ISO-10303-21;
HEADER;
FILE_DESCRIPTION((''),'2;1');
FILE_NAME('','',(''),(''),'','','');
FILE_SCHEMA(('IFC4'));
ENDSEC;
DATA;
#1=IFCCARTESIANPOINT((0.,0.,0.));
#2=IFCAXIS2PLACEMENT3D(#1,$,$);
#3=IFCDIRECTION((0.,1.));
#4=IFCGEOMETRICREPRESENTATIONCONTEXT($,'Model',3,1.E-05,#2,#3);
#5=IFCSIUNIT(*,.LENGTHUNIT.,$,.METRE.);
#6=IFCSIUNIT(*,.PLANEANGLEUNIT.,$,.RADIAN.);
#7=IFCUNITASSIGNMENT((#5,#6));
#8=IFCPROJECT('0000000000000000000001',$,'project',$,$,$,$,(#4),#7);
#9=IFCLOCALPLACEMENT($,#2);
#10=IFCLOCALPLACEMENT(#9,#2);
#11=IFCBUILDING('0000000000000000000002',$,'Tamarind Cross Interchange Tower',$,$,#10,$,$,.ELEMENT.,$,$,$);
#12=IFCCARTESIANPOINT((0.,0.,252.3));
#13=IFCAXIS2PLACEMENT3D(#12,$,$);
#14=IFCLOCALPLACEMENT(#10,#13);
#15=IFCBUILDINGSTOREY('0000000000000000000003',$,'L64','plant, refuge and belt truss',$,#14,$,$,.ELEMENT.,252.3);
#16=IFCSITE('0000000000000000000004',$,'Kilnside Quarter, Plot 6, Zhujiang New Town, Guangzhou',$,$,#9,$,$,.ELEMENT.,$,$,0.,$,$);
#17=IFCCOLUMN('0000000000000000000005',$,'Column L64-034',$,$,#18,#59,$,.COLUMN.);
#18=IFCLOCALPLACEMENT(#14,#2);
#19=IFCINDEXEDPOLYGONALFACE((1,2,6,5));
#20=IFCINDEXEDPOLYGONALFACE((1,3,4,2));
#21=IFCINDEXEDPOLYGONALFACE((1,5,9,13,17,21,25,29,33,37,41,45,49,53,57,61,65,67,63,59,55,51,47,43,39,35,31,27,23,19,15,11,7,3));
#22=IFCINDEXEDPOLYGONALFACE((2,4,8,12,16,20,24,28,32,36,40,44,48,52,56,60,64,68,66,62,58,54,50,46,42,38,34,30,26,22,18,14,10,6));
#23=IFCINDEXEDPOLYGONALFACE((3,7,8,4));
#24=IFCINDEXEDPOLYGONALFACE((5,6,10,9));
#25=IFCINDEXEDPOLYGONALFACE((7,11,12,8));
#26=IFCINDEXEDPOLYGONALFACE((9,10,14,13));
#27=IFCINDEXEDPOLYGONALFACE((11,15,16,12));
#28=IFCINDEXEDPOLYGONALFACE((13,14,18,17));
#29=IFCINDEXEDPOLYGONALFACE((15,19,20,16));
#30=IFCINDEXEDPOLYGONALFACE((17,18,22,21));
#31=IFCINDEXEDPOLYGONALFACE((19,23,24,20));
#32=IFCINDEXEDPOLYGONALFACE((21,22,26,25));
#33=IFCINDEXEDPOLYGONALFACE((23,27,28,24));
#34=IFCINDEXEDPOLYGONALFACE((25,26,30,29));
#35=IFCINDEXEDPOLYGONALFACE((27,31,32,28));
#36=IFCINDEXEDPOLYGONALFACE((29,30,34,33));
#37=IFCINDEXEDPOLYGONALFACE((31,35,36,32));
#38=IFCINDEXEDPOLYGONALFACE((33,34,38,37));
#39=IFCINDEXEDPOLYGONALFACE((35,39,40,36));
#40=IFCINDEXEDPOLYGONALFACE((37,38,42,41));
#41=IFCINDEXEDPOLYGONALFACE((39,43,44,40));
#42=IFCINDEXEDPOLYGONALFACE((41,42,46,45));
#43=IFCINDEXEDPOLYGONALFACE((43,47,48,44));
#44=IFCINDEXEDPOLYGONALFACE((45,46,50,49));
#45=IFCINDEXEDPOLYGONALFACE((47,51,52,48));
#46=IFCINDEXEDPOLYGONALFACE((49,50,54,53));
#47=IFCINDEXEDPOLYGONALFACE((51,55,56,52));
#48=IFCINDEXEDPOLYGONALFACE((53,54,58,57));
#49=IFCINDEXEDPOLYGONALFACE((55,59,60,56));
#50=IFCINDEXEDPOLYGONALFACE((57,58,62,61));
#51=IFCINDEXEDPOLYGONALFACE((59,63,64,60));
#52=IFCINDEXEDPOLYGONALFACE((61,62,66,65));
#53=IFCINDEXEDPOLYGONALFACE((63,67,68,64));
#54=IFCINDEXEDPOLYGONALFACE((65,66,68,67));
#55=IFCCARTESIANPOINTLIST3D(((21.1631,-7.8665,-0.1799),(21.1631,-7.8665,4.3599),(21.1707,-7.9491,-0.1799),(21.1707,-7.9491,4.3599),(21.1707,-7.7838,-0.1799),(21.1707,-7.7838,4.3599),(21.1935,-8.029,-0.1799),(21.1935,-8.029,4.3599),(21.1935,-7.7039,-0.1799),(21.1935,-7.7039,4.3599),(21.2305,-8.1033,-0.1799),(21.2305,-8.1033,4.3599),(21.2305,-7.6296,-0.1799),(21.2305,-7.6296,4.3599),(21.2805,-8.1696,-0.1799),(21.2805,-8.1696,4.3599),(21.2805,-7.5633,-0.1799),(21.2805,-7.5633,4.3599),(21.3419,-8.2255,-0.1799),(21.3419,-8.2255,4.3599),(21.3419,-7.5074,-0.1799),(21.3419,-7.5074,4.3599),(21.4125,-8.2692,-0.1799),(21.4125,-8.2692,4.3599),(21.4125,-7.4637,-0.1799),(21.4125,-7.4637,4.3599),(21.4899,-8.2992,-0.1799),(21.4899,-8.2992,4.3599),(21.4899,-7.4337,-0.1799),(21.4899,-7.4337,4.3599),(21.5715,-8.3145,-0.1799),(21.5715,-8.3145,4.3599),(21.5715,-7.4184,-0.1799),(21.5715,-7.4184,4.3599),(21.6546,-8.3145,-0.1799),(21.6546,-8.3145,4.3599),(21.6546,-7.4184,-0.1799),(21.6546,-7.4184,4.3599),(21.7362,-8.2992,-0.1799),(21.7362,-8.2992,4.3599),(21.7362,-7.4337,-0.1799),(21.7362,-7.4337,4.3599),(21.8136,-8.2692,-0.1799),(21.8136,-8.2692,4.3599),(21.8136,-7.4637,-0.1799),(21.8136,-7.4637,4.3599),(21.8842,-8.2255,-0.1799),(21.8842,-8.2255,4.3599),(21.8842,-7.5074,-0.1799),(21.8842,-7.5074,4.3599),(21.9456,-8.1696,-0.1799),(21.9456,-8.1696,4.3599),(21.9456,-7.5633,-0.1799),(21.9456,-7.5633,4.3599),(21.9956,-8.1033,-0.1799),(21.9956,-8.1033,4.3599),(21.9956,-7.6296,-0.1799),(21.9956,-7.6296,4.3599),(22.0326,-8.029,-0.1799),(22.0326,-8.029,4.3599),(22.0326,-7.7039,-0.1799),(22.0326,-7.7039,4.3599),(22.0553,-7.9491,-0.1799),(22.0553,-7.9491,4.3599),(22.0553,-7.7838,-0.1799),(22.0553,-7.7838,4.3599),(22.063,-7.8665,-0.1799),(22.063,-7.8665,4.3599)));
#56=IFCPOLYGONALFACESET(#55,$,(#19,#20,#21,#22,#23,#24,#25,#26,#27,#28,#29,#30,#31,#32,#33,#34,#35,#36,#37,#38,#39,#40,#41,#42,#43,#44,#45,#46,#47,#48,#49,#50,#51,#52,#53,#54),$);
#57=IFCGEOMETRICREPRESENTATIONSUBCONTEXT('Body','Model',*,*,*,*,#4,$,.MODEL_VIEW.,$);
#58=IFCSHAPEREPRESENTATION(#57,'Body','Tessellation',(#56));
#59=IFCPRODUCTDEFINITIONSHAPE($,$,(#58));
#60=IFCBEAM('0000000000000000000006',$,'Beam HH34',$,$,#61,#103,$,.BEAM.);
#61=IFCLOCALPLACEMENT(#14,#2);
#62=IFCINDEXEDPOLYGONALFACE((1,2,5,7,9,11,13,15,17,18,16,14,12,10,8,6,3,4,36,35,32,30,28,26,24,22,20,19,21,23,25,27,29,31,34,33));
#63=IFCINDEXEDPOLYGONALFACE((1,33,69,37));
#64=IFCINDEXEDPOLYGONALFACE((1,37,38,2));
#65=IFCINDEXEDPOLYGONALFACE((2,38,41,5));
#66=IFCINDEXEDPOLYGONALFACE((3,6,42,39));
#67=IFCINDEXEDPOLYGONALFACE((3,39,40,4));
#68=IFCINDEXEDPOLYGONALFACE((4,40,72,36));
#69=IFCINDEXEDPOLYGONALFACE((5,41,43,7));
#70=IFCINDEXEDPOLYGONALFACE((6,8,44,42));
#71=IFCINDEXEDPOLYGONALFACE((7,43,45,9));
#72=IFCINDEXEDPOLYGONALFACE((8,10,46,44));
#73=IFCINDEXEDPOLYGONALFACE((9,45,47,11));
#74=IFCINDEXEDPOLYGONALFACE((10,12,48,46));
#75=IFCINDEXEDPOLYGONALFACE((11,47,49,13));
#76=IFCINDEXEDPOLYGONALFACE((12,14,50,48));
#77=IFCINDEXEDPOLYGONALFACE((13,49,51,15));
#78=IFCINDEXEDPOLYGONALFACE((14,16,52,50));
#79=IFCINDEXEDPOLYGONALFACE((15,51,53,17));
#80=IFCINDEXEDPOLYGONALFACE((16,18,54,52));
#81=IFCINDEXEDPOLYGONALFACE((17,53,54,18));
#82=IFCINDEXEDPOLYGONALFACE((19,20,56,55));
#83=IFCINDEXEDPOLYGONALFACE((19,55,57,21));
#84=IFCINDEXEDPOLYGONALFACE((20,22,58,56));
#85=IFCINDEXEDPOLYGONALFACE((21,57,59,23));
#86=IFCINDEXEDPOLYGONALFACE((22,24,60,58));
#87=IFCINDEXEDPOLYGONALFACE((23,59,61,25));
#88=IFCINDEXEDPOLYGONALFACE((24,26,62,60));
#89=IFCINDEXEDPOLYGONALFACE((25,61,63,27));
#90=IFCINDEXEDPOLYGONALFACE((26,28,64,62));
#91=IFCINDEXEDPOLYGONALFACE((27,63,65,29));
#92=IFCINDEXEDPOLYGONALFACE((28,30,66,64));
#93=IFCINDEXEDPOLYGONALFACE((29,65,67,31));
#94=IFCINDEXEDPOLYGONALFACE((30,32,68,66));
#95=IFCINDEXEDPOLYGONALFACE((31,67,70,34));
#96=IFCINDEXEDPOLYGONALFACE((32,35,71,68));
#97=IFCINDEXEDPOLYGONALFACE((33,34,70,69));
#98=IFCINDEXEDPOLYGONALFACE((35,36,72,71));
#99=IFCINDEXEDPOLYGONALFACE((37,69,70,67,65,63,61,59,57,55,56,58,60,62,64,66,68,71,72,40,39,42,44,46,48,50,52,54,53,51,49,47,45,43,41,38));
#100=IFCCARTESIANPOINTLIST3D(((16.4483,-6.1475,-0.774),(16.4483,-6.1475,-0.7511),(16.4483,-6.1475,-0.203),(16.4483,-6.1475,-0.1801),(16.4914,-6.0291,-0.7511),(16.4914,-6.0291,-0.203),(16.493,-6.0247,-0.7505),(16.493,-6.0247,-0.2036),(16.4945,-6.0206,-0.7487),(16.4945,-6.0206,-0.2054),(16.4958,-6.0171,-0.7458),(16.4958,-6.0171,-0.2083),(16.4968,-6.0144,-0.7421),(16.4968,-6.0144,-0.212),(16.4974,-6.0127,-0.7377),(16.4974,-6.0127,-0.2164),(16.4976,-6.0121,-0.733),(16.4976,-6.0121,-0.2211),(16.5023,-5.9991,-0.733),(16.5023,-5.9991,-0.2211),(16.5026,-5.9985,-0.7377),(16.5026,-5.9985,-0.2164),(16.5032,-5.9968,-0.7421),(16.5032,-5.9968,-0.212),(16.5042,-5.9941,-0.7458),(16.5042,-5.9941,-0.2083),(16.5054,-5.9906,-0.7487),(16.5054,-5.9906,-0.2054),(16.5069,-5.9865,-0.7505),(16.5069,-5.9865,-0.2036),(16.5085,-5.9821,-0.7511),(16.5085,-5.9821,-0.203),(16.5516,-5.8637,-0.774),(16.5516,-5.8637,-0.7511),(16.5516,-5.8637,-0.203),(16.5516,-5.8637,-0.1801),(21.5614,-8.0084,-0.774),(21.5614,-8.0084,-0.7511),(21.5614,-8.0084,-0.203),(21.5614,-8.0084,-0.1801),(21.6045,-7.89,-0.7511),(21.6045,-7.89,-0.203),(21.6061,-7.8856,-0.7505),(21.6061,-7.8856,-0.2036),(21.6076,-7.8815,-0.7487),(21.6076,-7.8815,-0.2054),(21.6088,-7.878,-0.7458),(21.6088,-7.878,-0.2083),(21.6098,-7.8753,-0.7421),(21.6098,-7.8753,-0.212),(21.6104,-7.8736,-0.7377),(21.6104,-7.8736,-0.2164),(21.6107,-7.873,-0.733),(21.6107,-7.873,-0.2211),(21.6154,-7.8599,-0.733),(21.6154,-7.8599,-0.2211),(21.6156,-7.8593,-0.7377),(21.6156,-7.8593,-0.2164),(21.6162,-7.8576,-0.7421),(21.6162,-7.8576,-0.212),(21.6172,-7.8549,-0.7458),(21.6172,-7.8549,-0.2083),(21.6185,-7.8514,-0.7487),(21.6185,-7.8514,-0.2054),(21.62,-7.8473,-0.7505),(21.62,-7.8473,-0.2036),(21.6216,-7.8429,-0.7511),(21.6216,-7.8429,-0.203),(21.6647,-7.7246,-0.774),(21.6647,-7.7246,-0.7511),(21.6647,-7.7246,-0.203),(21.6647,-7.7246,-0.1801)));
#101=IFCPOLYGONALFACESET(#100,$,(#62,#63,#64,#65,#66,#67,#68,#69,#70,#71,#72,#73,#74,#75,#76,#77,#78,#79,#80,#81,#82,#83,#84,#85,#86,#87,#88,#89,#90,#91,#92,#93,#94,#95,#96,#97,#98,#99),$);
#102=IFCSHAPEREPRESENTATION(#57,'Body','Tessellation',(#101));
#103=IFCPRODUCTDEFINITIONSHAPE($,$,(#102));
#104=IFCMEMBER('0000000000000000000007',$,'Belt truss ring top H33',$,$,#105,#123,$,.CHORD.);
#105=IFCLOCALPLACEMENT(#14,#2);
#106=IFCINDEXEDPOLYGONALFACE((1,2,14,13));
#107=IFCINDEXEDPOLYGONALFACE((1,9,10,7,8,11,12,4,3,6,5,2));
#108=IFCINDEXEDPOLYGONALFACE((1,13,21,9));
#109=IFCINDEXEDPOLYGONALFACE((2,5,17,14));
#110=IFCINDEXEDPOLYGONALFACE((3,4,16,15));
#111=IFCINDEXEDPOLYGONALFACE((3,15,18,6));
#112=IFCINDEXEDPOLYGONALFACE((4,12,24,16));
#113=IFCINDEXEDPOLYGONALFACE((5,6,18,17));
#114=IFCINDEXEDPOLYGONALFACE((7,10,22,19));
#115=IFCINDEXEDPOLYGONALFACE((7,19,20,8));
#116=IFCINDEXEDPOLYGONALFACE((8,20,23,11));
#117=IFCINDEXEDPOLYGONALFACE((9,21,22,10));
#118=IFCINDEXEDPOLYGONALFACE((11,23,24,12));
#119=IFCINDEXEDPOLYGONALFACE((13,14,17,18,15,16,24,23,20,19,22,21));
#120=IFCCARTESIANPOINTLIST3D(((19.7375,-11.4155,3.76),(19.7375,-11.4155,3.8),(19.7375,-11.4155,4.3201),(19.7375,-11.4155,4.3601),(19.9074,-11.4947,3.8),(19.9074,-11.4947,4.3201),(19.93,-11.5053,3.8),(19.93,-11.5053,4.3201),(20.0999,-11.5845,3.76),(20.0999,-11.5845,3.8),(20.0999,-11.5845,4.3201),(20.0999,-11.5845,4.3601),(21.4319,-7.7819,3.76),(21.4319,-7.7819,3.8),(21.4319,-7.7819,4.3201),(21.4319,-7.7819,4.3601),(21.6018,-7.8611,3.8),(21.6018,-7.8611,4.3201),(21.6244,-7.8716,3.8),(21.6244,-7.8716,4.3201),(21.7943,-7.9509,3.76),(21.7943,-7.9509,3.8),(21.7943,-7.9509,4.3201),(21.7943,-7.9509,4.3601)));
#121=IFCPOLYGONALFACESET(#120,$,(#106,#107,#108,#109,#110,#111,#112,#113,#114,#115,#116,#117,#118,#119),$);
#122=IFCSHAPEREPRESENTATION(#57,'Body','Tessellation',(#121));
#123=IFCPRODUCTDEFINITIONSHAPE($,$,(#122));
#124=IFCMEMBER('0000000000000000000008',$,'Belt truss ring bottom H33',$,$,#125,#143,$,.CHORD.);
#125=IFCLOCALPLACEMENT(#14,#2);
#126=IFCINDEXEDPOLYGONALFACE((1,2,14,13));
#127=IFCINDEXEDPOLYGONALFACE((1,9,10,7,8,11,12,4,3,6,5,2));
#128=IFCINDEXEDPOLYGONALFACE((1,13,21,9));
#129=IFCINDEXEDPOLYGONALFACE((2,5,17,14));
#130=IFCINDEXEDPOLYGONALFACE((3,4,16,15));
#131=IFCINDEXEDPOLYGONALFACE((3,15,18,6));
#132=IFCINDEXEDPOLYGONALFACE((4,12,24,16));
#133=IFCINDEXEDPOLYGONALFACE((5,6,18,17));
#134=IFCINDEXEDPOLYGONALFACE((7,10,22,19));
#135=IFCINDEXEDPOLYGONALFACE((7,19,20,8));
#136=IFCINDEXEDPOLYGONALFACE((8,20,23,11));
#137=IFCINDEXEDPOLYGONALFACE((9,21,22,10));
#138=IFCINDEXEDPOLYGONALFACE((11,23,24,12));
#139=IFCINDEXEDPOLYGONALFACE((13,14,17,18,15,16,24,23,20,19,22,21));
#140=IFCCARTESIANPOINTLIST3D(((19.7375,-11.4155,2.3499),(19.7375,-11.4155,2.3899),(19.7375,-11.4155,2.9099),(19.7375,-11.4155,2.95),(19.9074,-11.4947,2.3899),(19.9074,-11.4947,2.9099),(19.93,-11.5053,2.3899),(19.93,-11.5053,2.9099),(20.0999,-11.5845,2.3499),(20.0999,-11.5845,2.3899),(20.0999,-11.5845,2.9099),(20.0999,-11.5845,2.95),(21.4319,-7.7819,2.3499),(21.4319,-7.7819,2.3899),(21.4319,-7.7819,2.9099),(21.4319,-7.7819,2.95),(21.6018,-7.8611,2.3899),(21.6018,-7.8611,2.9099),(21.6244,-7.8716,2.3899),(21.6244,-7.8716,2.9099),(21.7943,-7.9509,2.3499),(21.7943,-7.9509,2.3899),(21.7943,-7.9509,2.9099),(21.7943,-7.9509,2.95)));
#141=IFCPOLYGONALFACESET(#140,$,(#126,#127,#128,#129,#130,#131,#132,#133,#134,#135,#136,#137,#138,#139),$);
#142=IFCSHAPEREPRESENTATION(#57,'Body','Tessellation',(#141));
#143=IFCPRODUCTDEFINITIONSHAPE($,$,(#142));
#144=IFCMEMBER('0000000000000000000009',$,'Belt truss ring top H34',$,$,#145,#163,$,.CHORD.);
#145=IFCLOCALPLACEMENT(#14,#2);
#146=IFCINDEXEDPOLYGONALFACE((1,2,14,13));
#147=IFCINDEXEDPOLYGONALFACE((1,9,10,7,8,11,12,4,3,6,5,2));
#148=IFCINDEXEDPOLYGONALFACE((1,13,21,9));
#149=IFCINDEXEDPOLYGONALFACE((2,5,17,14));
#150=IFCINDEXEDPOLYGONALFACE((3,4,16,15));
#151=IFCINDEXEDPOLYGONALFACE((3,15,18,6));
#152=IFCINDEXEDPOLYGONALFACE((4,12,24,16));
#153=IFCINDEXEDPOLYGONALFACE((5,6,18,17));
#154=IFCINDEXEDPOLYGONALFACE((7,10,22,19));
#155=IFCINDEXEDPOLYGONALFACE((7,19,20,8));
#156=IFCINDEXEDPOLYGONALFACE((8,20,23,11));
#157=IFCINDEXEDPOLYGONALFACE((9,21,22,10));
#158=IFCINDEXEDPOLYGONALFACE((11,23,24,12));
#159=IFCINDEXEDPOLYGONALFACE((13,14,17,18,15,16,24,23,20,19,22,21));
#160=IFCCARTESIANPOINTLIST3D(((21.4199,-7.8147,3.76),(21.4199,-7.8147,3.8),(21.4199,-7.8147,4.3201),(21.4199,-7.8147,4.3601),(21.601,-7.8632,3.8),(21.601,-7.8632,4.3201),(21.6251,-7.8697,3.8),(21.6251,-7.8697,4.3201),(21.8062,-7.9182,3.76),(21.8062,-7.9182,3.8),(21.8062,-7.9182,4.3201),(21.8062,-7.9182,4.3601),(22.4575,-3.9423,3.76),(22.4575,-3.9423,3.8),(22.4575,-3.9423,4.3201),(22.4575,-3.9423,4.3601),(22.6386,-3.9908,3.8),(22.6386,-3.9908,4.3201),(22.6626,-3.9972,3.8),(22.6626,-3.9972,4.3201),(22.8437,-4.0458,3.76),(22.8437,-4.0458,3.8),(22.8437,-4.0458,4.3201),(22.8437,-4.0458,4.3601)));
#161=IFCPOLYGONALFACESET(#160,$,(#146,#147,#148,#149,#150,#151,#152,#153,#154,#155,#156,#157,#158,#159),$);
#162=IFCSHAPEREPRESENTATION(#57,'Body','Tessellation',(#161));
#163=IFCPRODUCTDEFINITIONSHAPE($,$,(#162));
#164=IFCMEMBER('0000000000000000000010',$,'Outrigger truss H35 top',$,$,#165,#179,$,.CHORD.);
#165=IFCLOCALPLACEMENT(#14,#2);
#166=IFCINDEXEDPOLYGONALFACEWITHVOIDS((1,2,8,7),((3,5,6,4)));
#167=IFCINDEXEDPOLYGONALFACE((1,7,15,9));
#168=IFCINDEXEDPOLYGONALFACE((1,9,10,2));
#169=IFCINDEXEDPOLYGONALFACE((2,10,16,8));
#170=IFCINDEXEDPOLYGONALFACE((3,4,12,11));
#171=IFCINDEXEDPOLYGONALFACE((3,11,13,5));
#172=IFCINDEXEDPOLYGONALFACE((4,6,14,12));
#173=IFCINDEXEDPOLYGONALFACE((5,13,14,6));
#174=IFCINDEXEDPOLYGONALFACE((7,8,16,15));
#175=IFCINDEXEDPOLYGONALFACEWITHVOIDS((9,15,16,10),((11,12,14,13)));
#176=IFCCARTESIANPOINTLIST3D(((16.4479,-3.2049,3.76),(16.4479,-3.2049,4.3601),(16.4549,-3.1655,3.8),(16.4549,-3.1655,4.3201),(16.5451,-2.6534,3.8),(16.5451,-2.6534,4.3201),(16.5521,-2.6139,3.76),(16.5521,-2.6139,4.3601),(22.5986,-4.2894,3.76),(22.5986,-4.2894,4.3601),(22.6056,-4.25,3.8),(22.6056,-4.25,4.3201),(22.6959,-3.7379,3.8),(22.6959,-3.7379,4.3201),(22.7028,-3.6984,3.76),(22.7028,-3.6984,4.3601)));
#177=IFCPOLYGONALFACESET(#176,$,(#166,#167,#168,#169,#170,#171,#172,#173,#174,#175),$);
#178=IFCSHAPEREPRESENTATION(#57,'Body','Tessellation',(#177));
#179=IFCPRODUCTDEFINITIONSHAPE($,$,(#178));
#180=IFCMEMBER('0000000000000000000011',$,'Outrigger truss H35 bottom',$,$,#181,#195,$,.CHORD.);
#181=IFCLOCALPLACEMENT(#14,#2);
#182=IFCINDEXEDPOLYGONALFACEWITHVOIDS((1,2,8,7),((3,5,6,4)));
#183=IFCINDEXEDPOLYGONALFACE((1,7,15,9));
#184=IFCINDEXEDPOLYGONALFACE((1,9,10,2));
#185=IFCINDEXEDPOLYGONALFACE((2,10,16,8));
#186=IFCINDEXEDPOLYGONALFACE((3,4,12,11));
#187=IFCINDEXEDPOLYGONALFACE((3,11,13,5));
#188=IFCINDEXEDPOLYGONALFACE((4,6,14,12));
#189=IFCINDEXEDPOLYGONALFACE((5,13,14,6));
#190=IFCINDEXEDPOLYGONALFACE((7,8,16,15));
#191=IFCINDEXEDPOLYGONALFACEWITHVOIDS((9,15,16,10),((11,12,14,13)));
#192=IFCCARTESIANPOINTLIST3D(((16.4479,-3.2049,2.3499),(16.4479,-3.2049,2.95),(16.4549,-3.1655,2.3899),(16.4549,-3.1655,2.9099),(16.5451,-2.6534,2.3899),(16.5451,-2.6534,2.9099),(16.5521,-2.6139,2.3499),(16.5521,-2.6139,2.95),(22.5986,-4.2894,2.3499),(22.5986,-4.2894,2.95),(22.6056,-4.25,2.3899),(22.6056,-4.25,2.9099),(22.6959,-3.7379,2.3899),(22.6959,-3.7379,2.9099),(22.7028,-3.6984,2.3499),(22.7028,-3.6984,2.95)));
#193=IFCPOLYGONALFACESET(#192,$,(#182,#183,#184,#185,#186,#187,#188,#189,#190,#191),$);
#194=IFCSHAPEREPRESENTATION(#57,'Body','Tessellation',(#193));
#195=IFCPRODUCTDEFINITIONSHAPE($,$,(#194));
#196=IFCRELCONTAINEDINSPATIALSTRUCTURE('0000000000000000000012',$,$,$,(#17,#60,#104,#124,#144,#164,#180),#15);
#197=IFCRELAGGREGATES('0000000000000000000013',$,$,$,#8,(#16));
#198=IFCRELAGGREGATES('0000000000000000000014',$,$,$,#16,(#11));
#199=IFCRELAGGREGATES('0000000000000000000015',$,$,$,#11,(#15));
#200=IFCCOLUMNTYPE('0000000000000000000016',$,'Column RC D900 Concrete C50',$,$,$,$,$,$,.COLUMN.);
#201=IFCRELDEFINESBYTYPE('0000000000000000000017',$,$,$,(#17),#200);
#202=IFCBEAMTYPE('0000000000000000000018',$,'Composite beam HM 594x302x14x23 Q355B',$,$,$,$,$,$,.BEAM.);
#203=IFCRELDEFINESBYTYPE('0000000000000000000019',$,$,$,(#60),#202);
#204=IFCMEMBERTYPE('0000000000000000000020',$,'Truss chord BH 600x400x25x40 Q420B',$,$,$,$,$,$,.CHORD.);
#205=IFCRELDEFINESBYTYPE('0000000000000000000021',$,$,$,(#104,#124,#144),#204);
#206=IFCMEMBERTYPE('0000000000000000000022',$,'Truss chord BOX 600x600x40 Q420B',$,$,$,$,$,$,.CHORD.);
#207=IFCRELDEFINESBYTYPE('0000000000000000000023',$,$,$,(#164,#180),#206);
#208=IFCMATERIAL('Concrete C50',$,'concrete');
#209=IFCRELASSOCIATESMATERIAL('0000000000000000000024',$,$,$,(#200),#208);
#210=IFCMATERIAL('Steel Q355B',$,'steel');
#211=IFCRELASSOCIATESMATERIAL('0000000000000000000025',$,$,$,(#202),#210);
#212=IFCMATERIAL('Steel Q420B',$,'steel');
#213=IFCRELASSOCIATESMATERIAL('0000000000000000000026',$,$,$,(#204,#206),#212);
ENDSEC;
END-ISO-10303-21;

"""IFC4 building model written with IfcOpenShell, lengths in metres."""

from ifc_helpers import new_model, si_unit, direction, frame, origin, origin_2d, place, context, subcontext, project, spatial, hollow_rectangle, circle, i_section, extrude, material, material_profile, profile_set, type_object, element, save


model = new_model("IFC4")

# Units and contexts
model_context = context("Model", 3, precision=1e-05, world=origin(), true_north=direction((0.0, 1.0)))
body_context = subcontext(model_context, "Body", "Model", "MODEL_VIEW")
ifc_project = project(units=[si_unit("LENGTHUNIT", "METRE"), si_unit("PLANEANGLEUNIT", "RADIAN")], contexts=[model_context])

# Site, building, storey
site_placement = place(None, origin())
site = spatial("IfcSite", under=ifc_project, at=site_placement, Name="Kilnside Quarter, Plot 6, Zhujiang New Town, Guangzhou", CompositionType="ELEMENT", RefElevation=0.0)
building_placement = place(site_placement, origin())
building = spatial("IfcBuilding", under=site, at=building_placement, Name="Tamarind Cross Interchange Tower", CompositionType="ELEMENT")
storey_placement = place(building_placement, frame((0.0, 0.0, 252.3)))
storey = spatial("IfcBuildingStorey", under=building, at=storey_placement, Name="L64", Description="plant, refuge and belt truss", CompositionType="ELEMENT", Elevation=252.3)

# Column
ifc_material_1 = material(Name="Concrete C50", Category="concrete")
ifc_material_profile_1 = material_profile(ifc_material_1, circle(Radius=0.45, at=origin_2d()), Name="RC D900")
ifc_profile_set_1 = profile_set([ifc_material_profile_1], Name="Concrete C50")
column_type = type_object("IfcColumnType", Name="Column RC D900 Concrete C50", PredefinedType="COLUMN", material=ifc_profile_set_1)
column_placement = place(storey_placement, frame((21.613, -7.8665, -0.1799), z_axis=(0.0, 0.0, 1.0), x_axis=(1.0, 0.0, 0.0)))
element("IfcColumn", 1, at=column_placement, inside=storey, type_object=column_type, Name="Column L64-034", PredefinedType="COLUMN", context=body_context, shape_type="SweptSolid", body=[
    extrude(circle(Radius=0.45, at=origin_2d()), origin(), (0.0, 0.0, 1.0), 4.5398),
])

# Beam
ifc_material_2 = material(Name="Steel Q355B", Category="steel")
ifc_material_profile_2 = material_profile(ifc_material_2, i_section(OverallWidth=0.302, OverallDepth=0.594, WebThickness=0.0139, FlangeThickness=0.0229, FilletRadius=0.0181, at=origin_2d()), Name="HM 594x302x14x23")
ifc_profile_set_2 = profile_set([ifc_material_profile_2], Name="Steel Q355B")
beam_type = type_object("IfcBeamType", Name="Composite beam HM 594x302x14x23 Q355B", PredefinedType="BEAM", material=ifc_profile_set_2)
beam_placement = place(storey_placement, frame((21.613, -7.8665, -0.4771), z_axis=(-0.939702, 0.341995, 0.0), x_axis=(-0.341995, -0.939702, 0.0)))
element("IfcBeam", 2, at=beam_placement, inside=storey, type_object=beam_type, Name="Beam HH34", PredefinedType="BEAM", context=body_context, shape_type="SweptSolid", body=[
    extrude(i_section(OverallWidth=0.302, OverallDepth=0.594, WebThickness=0.0139, FlangeThickness=0.0229, FilletRadius=0.0181, at=origin_2d()), origin(), (0.0, 0.0, 1.0), 5.4412),
])

# Members
ifc_material_3 = material(Name="Steel Q420B", Category="steel")
ifc_material_profile_3 = material_profile(ifc_material_3, i_section(OverallWidth=0.3999, OverallDepth=0.6001, WebThickness=0.0249, FlangeThickness=0.04, at=origin_2d()), Name="BH 600x400x25x40")
ifc_profile_set_3 = profile_set([ifc_material_profile_3], Name="Steel Q420B")
member_type_1 = type_object("IfcMemberType", Name="Truss chord BH 600x400x25x40 Q420B", PredefinedType="CHORD", material=ifc_profile_set_3)
for number, where, z_axis, x_axis, name in (
    (3, (19.9187, -11.5, 4.0601), (0.422615, 0.906309, 0.0), (-0.906309, 0.422615, 0.0), "Belt truss ring top H33"),
    (4, (19.9187, -11.5, 2.6499), (0.422615, 0.906309, 0.0), (-0.906309, 0.422615, 0.0), "Belt truss ring bottom H33"),
):
    element("IfcMember", number, at=place(storey_placement, frame(where, z_axis=z_axis, x_axis=x_axis)), inside=storey, type_object=member_type_1, Name=name, PredefinedType="CHORD", context=body_context, shape_type="SweptSolid", body=[
        extrude(i_section(OverallWidth=0.3999, OverallDepth=0.6001, WebThickness=0.0249, FlangeThickness=0.04, at=origin_2d()), origin(), (0.0, 0.0, 1.0), 4.0093),
    ])
member_1_placement = place(storey_placement, frame((21.613, -7.8665, 4.0601), z_axis=(0.258807, 0.965929, 0.0), x_axis=(-0.965929, 0.258807, 0.0)))
element("IfcMember", 5, at=member_1_placement, inside=storey, type_object=member_type_1, Name="Belt truss ring top H34", PredefinedType="CHORD", context=body_context, shape_type="SweptSolid", body=[
    extrude(i_section(OverallWidth=0.3999, OverallDepth=0.6001, WebThickness=0.0249, FlangeThickness=0.04, at=origin_2d()), origin(), (0.0, 0.0, 1.0), 4.009),
])
ifc_material_profile_4 = material_profile(ifc_material_3, hollow_rectangle(XDim=0.6001, YDim=0.6001, WallThickness=0.04, at=origin_2d()), Name="BOX 600x600x40")
ifc_profile_set_4 = profile_set([ifc_material_profile_4], Name="Steel Q420B")
member_type_2 = type_object("IfcMemberType", Name="Truss chord BOX 600x600x40 Q420B", PredefinedType="CHORD", material=ifc_profile_set_4)
for number, where, z_axis, x_axis, name in (
    (6, (16.5, -2.9094, 4.0601), (0.984809, -0.17364, 0.0), (0.17364, 0.984809, 0.0), "Outrigger truss H35 top"),
    (7, (16.5, -2.9094, 2.6499), (0.984809, -0.17364, 0.0), (0.17364, 0.984809, 0.0), "Outrigger truss H35 bottom"),
):
    element("IfcMember", number, at=place(storey_placement, frame(where, z_axis=z_axis, x_axis=x_axis)), inside=storey, type_object=member_type_2, Name=name, PredefinedType="CHORD", context=body_context, shape_type="SweptSolid", body=[
        extrude(hollow_rectangle(XDim=0.6001, YDim=0.6001, WallThickness=0.04, at=origin_2d()), origin(), (0.0, 0.0, 1.0), 6.2456),
    ])

save(model, "model.ifc")
